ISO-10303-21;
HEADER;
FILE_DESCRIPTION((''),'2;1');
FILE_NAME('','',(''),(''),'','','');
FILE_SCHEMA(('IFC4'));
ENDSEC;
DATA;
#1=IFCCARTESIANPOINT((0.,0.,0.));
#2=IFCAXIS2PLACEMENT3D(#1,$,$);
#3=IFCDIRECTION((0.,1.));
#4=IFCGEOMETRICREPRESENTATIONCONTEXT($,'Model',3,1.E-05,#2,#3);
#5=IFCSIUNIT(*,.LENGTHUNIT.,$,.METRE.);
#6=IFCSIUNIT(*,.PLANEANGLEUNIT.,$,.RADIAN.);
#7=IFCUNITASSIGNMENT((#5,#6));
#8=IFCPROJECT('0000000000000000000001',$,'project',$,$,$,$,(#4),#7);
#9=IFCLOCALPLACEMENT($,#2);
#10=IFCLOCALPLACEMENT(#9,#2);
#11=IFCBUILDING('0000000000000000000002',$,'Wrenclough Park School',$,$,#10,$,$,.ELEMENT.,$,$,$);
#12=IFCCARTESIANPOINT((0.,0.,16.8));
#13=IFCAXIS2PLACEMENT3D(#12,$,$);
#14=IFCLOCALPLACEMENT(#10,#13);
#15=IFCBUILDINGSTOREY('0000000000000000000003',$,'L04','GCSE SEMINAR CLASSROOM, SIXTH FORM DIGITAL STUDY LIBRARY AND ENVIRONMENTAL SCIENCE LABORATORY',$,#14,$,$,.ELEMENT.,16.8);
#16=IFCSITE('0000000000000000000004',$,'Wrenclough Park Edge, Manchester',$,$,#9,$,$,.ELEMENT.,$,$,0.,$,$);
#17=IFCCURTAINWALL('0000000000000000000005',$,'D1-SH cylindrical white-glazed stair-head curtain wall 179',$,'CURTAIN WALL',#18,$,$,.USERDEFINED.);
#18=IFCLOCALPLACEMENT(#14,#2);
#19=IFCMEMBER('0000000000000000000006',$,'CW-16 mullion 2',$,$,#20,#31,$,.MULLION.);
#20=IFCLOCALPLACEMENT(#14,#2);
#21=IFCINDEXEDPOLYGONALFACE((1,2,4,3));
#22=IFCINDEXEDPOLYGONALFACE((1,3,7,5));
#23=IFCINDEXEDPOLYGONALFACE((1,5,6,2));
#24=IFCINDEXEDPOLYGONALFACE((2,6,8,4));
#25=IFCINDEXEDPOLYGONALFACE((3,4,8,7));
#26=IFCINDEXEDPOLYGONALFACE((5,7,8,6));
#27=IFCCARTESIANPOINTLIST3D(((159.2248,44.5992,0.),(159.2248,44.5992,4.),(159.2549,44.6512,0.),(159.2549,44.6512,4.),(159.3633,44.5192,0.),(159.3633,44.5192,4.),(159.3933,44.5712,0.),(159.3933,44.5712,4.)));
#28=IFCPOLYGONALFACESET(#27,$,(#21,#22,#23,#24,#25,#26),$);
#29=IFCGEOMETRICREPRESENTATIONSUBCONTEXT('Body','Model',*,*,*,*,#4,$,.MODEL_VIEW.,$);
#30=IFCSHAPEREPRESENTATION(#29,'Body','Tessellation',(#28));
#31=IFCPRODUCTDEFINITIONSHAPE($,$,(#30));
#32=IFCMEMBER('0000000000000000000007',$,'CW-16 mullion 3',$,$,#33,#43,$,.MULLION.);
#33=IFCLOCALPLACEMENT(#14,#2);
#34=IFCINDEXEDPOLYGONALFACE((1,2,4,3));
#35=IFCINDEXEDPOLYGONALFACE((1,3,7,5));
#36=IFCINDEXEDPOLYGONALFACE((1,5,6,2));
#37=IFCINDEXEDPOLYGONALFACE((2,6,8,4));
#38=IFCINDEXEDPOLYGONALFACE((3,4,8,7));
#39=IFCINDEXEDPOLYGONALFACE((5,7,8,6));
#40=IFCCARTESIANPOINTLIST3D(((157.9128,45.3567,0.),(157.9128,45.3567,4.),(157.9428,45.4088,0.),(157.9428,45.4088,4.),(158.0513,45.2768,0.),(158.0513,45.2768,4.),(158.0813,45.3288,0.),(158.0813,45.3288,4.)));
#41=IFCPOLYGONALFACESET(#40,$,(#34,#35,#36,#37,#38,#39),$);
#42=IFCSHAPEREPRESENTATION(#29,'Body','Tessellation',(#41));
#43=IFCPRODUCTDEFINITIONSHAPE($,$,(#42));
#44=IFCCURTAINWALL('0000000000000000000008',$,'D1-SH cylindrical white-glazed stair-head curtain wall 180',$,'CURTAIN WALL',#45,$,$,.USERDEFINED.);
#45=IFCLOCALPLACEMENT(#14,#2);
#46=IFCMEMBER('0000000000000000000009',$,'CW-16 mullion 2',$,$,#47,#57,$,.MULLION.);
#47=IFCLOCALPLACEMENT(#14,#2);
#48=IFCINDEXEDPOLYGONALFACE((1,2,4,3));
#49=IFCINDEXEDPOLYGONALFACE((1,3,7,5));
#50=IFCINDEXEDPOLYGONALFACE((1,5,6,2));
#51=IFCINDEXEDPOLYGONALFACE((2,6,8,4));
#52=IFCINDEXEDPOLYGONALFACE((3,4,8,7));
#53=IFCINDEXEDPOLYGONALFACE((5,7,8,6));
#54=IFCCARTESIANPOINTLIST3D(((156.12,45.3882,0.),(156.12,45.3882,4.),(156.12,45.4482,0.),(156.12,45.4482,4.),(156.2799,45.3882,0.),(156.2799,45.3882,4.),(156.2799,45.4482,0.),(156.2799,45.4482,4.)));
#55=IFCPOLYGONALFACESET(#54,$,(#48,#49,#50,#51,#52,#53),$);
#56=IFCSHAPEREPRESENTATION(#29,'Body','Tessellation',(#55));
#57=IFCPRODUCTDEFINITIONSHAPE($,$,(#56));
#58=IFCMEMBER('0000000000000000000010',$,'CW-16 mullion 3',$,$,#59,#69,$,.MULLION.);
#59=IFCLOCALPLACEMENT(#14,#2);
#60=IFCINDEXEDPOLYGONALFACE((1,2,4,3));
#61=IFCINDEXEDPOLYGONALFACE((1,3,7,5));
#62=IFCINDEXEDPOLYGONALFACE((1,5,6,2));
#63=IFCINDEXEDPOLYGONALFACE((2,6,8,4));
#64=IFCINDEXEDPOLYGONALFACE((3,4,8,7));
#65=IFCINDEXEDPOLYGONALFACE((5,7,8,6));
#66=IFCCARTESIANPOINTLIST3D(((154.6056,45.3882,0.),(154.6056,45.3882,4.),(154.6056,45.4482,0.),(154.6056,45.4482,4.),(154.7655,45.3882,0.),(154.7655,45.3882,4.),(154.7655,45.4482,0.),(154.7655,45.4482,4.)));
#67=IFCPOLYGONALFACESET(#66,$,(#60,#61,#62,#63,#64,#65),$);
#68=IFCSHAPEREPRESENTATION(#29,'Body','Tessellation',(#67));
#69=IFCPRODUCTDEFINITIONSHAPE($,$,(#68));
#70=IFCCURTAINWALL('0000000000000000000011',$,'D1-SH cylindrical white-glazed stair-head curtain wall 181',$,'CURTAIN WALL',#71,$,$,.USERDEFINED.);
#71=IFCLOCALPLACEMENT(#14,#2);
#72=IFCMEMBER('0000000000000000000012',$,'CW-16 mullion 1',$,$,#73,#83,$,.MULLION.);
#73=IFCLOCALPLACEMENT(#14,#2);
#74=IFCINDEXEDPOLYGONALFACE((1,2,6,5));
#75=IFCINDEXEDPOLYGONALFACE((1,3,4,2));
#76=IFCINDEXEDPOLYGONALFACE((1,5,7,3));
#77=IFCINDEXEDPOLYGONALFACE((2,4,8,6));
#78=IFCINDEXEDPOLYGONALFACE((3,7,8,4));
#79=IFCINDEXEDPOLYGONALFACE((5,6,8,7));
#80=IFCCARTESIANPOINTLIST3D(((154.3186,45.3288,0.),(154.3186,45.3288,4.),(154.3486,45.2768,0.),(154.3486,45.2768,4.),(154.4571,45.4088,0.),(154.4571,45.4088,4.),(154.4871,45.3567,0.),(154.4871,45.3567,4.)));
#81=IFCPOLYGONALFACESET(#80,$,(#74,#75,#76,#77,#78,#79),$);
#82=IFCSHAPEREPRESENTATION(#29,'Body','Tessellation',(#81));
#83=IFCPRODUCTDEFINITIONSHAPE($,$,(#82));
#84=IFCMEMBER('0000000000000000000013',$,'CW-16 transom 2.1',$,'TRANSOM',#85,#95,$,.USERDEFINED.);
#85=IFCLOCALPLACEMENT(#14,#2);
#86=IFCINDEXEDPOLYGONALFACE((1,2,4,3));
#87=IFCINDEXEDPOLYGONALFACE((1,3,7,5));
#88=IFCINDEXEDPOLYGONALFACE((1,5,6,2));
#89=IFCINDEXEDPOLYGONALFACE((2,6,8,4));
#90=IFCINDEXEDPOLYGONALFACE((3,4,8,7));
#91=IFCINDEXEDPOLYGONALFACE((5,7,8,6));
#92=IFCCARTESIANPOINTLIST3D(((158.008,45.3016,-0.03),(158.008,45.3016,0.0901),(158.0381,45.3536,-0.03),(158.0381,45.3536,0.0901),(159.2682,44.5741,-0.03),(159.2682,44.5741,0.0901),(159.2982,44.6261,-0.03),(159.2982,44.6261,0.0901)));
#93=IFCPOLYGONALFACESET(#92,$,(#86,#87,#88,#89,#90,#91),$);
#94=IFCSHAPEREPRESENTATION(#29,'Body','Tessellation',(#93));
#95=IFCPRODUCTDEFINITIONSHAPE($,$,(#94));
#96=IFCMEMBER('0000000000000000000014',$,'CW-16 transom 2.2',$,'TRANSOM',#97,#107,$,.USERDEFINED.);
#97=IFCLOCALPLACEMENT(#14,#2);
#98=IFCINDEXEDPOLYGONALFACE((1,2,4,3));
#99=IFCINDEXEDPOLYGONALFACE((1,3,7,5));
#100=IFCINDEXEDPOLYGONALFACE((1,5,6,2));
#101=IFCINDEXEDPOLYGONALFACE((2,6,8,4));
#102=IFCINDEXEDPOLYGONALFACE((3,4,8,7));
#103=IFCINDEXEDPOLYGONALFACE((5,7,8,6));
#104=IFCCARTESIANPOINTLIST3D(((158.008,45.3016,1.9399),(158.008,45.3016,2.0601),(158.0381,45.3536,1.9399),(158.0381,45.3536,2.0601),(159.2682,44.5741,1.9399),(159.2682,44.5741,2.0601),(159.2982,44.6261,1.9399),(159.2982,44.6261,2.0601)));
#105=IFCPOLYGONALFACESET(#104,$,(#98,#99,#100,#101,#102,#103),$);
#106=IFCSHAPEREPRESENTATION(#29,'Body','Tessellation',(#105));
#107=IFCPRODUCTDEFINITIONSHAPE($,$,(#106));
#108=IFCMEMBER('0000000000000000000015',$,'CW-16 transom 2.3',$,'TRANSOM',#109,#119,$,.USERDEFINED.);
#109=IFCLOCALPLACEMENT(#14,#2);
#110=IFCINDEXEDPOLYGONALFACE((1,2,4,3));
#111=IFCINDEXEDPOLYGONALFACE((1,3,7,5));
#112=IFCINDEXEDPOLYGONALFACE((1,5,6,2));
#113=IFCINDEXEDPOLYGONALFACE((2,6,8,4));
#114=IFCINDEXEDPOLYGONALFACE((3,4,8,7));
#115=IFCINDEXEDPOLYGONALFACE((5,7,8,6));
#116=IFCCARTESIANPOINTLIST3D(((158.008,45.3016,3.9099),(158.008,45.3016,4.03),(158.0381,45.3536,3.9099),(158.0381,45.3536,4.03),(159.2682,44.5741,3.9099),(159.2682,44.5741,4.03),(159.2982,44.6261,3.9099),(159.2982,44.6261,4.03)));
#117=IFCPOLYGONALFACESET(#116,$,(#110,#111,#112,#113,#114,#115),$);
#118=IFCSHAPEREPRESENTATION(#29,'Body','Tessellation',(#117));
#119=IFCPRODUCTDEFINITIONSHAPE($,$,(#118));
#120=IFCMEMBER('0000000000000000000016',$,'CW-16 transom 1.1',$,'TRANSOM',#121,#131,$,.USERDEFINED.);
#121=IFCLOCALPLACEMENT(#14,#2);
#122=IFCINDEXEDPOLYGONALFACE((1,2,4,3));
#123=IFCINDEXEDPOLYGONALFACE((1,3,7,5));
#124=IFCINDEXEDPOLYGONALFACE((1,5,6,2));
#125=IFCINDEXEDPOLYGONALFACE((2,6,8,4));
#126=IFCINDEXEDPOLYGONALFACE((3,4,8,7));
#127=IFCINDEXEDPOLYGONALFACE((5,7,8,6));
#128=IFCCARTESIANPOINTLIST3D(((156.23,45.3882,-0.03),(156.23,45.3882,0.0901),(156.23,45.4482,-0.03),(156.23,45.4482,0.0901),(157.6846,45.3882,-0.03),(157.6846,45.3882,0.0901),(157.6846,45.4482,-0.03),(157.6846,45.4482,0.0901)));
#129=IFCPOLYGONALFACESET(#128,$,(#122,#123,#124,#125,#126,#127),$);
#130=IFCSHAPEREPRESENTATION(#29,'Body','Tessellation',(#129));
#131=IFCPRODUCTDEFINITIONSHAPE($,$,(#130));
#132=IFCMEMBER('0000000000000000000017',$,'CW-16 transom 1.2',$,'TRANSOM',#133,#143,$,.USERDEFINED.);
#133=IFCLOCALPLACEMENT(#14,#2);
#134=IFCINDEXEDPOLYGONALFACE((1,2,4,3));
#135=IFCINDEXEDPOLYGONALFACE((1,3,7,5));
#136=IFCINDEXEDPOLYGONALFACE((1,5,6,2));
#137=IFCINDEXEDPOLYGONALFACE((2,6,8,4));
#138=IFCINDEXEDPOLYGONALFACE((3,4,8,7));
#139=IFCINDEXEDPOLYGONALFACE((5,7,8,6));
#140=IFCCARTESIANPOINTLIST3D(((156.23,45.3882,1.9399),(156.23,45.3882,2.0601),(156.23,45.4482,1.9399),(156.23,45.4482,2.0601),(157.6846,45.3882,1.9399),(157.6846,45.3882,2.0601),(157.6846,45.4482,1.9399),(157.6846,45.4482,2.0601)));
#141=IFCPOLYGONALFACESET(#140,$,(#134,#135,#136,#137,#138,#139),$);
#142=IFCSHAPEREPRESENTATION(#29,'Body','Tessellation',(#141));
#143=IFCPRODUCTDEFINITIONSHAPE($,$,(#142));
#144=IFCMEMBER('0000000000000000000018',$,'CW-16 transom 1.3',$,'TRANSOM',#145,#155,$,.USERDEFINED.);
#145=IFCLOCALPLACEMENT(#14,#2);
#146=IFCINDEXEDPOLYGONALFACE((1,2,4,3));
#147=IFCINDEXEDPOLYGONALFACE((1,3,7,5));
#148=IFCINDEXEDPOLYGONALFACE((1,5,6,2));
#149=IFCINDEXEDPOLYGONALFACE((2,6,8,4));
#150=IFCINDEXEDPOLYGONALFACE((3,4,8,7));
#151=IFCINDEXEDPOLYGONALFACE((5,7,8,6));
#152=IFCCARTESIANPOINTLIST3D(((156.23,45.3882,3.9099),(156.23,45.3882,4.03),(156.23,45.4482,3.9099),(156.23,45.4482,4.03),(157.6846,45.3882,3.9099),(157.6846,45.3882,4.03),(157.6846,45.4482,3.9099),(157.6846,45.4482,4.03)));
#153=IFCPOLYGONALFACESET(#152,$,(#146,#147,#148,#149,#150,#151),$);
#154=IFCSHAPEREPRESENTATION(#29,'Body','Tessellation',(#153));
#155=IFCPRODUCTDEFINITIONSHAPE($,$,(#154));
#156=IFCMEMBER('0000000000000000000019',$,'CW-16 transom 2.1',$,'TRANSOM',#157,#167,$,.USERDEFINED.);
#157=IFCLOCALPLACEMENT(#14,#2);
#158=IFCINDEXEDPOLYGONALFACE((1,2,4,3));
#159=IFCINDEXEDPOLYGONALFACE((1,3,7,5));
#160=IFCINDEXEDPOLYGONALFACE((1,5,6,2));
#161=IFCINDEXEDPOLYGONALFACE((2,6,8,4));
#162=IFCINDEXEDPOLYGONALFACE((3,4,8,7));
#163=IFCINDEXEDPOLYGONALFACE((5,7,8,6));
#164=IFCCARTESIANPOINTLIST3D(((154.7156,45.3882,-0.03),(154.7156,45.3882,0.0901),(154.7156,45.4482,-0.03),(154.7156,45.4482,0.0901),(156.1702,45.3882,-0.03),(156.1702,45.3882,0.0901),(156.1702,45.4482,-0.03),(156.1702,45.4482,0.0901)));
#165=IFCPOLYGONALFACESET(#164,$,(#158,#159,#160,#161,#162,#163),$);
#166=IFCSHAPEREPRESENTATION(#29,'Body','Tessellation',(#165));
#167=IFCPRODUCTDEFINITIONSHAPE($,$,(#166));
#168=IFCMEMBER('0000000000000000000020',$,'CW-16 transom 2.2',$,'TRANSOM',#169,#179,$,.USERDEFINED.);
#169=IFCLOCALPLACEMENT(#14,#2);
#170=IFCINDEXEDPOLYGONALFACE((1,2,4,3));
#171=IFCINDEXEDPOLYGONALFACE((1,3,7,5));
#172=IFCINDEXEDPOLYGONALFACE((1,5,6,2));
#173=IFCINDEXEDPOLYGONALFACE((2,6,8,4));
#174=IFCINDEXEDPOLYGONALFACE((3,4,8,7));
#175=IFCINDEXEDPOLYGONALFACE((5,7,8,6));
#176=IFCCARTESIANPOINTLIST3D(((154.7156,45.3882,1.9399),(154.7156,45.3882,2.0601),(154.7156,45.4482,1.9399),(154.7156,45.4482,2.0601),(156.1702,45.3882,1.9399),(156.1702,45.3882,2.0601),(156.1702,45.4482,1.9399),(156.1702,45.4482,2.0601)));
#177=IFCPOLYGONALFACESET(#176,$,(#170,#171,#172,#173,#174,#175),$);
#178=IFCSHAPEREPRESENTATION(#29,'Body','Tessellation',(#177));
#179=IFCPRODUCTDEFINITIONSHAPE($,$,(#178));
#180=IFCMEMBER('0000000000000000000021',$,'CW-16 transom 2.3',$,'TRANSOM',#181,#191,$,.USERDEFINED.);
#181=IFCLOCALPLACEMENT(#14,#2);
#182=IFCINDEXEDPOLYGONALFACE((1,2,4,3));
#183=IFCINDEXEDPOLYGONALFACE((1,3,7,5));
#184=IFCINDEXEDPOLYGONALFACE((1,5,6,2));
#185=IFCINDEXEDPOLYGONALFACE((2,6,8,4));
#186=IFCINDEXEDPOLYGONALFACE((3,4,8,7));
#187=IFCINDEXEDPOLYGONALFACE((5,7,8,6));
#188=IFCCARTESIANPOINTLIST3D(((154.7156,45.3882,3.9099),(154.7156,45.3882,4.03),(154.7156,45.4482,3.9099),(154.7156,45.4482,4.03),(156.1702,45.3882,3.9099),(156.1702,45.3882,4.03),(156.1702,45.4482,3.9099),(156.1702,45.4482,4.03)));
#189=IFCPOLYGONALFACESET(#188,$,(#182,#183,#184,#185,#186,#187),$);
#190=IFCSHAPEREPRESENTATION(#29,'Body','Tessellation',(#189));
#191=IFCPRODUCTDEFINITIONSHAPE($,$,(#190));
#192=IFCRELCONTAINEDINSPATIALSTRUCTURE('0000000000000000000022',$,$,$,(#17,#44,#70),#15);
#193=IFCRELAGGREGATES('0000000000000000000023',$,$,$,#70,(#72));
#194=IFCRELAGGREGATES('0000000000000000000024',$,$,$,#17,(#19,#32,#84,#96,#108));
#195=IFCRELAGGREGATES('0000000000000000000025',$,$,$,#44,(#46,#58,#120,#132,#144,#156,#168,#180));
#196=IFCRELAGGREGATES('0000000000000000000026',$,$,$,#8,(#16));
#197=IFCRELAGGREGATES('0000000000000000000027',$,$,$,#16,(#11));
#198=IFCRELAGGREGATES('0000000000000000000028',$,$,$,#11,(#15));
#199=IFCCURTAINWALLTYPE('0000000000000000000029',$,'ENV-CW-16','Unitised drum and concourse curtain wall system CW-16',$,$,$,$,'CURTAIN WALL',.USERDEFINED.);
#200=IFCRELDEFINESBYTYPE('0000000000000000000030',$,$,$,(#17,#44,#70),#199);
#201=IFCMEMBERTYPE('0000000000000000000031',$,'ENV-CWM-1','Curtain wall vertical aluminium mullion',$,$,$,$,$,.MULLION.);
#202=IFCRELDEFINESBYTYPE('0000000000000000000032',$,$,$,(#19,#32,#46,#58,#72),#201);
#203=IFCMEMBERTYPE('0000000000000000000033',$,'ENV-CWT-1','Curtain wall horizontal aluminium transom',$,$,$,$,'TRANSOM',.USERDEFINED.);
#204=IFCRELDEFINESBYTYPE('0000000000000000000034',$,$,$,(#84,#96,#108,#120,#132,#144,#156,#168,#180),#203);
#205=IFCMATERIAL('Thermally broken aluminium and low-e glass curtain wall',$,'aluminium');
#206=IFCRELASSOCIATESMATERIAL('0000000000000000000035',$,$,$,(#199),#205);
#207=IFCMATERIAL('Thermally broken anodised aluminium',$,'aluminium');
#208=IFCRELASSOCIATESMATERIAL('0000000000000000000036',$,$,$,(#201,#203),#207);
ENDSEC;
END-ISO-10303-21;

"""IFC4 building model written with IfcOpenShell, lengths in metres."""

from ifc_helpers import new_model, si_unit, direction, frame, origin, origin_2d, place, context, subcontext, project, spatial, rectangle, extrude, material, material_profile, profile_set, type_object, element, aggregate, save


model = new_model("IFC4")

# Units and contexts
model_context = context("Model", 3, precision=1e-05, world=origin(), true_north=direction((0.0, 1.0)))
body_context = subcontext(model_context, "Body", "Model", "MODEL_VIEW")
ifc_project = project(units=[si_unit("LENGTHUNIT", "METRE"), si_unit("PLANEANGLEUNIT", "RADIAN")], contexts=[model_context])

# Site, building, storey
site_placement = place(None, origin())
site = spatial("IfcSite", under=ifc_project, at=site_placement, Name="Wrenclough Park Edge, Manchester", CompositionType="ELEMENT", RefElevation=0.0)
building_placement = place(site_placement, origin())
building = spatial("IfcBuilding", under=site, at=building_placement, Name="Wrenclough Park School", CompositionType="ELEMENT")
storey_placement = place(building_placement, frame((0.0, 0.0, 16.8)))
storey = spatial("IfcBuildingStorey", under=building, at=storey_placement, Name="L04", Description="GCSE SEMINAR CLASSROOM, SIXTH FORM DIGITAL STUDY LIBRARY AND ENVIRONMENTAL SCIENCE LABORATORY", CompositionType="ELEMENT", Elevation=16.8)

# Curtain walls, members
ifc_material_1 = material(Name="Thermally broken aluminium and low-e glass curtain wall", Category="aluminium")
curtain_wall_type = type_object("IfcCurtainWallType", Name="ENV-CW-16", Description="Unitised drum and concourse curtain wall system CW-16", ElementType="CURTAIN WALL", PredefinedType="USERDEFINED", material=ifc_material_1)
curtain_wall_1_placement = place(storey_placement, origin())
curtain_wall_1 = element("IfcCurtainWall", 1, at=curtain_wall_1_placement, inside=storey, type_object=curtain_wall_type, Name="D1-SH cylindrical white-glazed stair-head curtain wall 179", ObjectType="CURTAIN WALL", PredefinedType="USERDEFINED")
ifc_material_2 = material(Name="Thermally broken anodised aluminium", Category="aluminium")
ifc_material_profile_1 = material_profile(ifc_material_2, rectangle(XDim=0.0601, YDim=0.1599, at=origin_2d()), Name="AL MULLION 60x160")
ifc_profile_set_1 = profile_set([ifc_material_profile_1], Name="Thermally broken anodised aluminium")
member_type_1 = type_object("IfcMemberType", Name="ENV-CWM-1", Description="Curtain wall vertical aluminium mullion", PredefinedType="MULLION", material=ifc_profile_set_1)
member_1_placement = place(storey_placement, frame((159.3091, 44.5852, 0.0), z_axis=(0.0, 0.0, 1.0), x_axis=(-0.500003, -0.866024, 0.0)))
member_1 = element("IfcMember", 2, at=member_1_placement, type_object=member_type_1, Name="CW-16 mullion 2", PredefinedType="MULLION", context=body_context, shape_type="SweptSolid", body=[
    extrude(rectangle(XDim=0.0601, YDim=0.1599, at=origin_2d()), origin(), (0.0, 0.0, 1.0), 4.0),
])
member_2_placement = place(storey_placement, frame((157.9971, 45.3428, 0.0), z_axis=(0.0, 0.0, 1.0), x_axis=(-0.500003, -0.866024, 0.0)))
member_2 = element("IfcMember", 3, at=member_2_placement, type_object=member_type_1, Name="CW-16 mullion 3", PredefinedType="MULLION", context=body_context, shape_type="SweptSolid", body=[
    extrude(rectangle(XDim=0.0601, YDim=0.1599, at=origin_2d()), origin(), (0.0, 0.0, 1.0), 4.0),
])
curtain_wall_2_placement = place(storey_placement, origin())
curtain_wall_2 = element("IfcCurtainWall", 4, at=curtain_wall_2_placement, inside=storey, type_object=curtain_wall_type, Name="D1-SH cylindrical white-glazed stair-head curtain wall 180", ObjectType="CURTAIN WALL", PredefinedType="USERDEFINED")
member_3_placement = place(storey_placement, frame((156.2, 45.4182, 0.0), z_axis=(0.0, 0.0, 1.0), x_axis=(0.0, -1.0, 0.0)))
member_3 = element("IfcMember", 5, at=member_3_placement, type_object=member_type_1, Name="CW-16 mullion 2", PredefinedType="MULLION", context=body_context, shape_type="SweptSolid", body=[
    extrude(rectangle(XDim=0.0601, YDim=0.1599, at=origin_2d()), origin(), (0.0, 0.0, 1.0), 4.0),
])
member_4_placement = place(storey_placement, frame((154.6855, 45.4182, 0.0), z_axis=(0.0, 0.0, 1.0), x_axis=(0.0, -1.0, 0.0)))
member_4 = element("IfcMember", 6, at=member_4_placement, type_object=member_type_1, Name="CW-16 mullion 3", PredefinedType="MULLION", context=body_context, shape_type="SweptSolid", body=[
    extrude(rectangle(XDim=0.0601, YDim=0.1599, at=origin_2d()), origin(), (0.0, 0.0, 1.0), 4.0),
])

# Curtain wall, member
curtain_wall_3_placement = place(storey_placement, origin())
curtain_wall_3 = element("IfcCurtainWall", 7, at=curtain_wall_3_placement, inside=storey, type_object=curtain_wall_type, Name="D1-SH cylindrical white-glazed stair-head curtain wall 181", ObjectType="CURTAIN WALL", PredefinedType="USERDEFINED")
member_5_placement = place(storey_placement, frame((154.4028, 45.3428, 0.0), z_axis=(0.0, 0.0, 1.0), x_axis=(0.500003, -0.866024, 0.0)))
member_5 = element("IfcMember", 8, at=member_5_placement, type_object=member_type_1, Name="CW-16 mullion 1", PredefinedType="MULLION", context=body_context, shape_type="SweptSolid", body=[
    extrude(rectangle(XDim=0.0601, YDim=0.1599, at=origin_2d()), origin(), (0.0, 0.0, 1.0), 4.0),
])
aggregate(curtain_wall_3, [member_5])

# Members
ifc_material_profile_2 = material_profile(ifc_material_2, rectangle(XDim=0.0601, YDim=0.1201, at=origin_2d()), Name="AL TRANSOM 60x120")
ifc_profile_set_2 = profile_set([ifc_material_profile_2], Name="Thermally broken anodised aluminium")
member_type_2 = type_object("IfcMemberType", Name="ENV-CWT-1", Description="Curtain wall horizontal aluminium transom", ElementType="TRANSOM", PredefinedType="USERDEFINED", material=ifc_profile_set_2)
member_6_placement = place(storey_placement, frame((159.2832, 44.6001, 0.03), z_axis=(-0.866046, 0.499965, 0.0), x_axis=(-0.499965, -0.866046, 0.0)))
member_6 = element("IfcMember", 9, at=member_6_placement, type_object=member_type_2, Name="CW-16 transom 2.1", ObjectType="TRANSOM", PredefinedType="USERDEFINED", context=body_context, shape_type="SweptSolid", body=[
    extrude(rectangle(XDim=0.0601, YDim=0.1201, at=origin_2d()), origin(), (0.0, 0.0, 1.0), 1.4551),
])
member_7_placement = place(storey_placement, frame((159.2832, 44.6001, 2.0), z_axis=(-0.866046, 0.499965, 0.0), x_axis=(-0.499965, -0.866046, 0.0)))
member_7 = element("IfcMember", 10, at=member_7_placement, type_object=member_type_2, Name="CW-16 transom 2.2", ObjectType="TRANSOM", PredefinedType="USERDEFINED", context=body_context, shape_type="SweptSolid", body=[
    extrude(rectangle(XDim=0.0601, YDim=0.1201, at=origin_2d()), origin(), (0.0, 0.0, 1.0), 1.4551),
])
member_8_placement = place(storey_placement, frame((159.2832, 44.6001, 3.97), z_axis=(-0.866046, 0.499965, 0.0), x_axis=(-0.499965, -0.866046, 0.0)))
member_8 = element("IfcMember", 11, at=member_8_placement, type_object=member_type_2, Name="CW-16 transom 2.3", ObjectType="TRANSOM", PredefinedType="USERDEFINED", context=body_context, shape_type="SweptSolid", body=[
    extrude(rectangle(XDim=0.0601, YDim=0.1201, at=origin_2d()), origin(), (0.0, 0.0, 1.0), 1.4551),
])
member_9_placement = place(storey_placement, frame((157.6846, 45.4182, 0.03), z_axis=(-1.0, 0.0, 0.0), x_axis=(0.0, -1.0, 0.0)))
member_9 = element("IfcMember", 12, at=member_9_placement, type_object=member_type_2, Name="CW-16 transom 1.1", ObjectType="TRANSOM", PredefinedType="USERDEFINED", context=body_context, shape_type="SweptSolid", body=[
    extrude(rectangle(XDim=0.0601, YDim=0.1201, at=origin_2d()), origin(), (0.0, 0.0, 1.0), 1.4546),
])
member_10_placement = place(storey_placement, frame((157.6846, 45.4182, 2.0), z_axis=(-1.0, 0.0, 0.0), x_axis=(0.0, -1.0, 0.0)))
member_10 = element("IfcMember", 13, at=member_10_placement, type_object=member_type_2, Name="CW-16 transom 1.2", ObjectType="TRANSOM", PredefinedType="USERDEFINED", context=body_context, shape_type="SweptSolid", body=[
    extrude(rectangle(XDim=0.0601, YDim=0.1201, at=origin_2d()), origin(), (0.0, 0.0, 1.0), 1.4546),
])
member_11_placement = place(storey_placement, frame((157.6846, 45.4182, 3.97), z_axis=(-1.0, 0.0, 0.0), x_axis=(0.0, -1.0, 0.0)))
member_11 = element("IfcMember", 14, at=member_11_placement, type_object=member_type_2, Name="CW-16 transom 1.3", ObjectType="TRANSOM", PredefinedType="USERDEFINED", context=body_context, shape_type="SweptSolid", body=[
    extrude(rectangle(XDim=0.0601, YDim=0.1201, at=origin_2d()), origin(), (0.0, 0.0, 1.0), 1.4546),
])
member_12_placement = place(storey_placement, frame((156.1702, 45.4182, 0.03), z_axis=(-1.0, 0.0, 0.0), x_axis=(0.0, -1.0, 0.0)))
member_12 = element("IfcMember", 15, at=member_12_placement, type_object=member_type_2, Name="CW-16 transom 2.1", ObjectType="TRANSOM", PredefinedType="USERDEFINED", context=body_context, shape_type="SweptSolid", body=[
    extrude(rectangle(XDim=0.0601, YDim=0.1201, at=origin_2d()), origin(), (0.0, 0.0, 1.0), 1.4546),
])
member_13_placement = place(storey_placement, frame((156.1702, 45.4182, 2.0), z_axis=(-1.0, 0.0, 0.0), x_axis=(0.0, -1.0, 0.0)))
member_13 = element("IfcMember", 16, at=member_13_placement, type_object=member_type_2, Name="CW-16 transom 2.2", ObjectType="TRANSOM", PredefinedType="USERDEFINED", context=body_context, shape_type="SweptSolid", body=[
    extrude(rectangle(XDim=0.0601, YDim=0.1201, at=origin_2d()), origin(), (0.0, 0.0, 1.0), 1.4546),
])
member_14_placement = place(storey_placement, frame((156.1702, 45.4182, 3.97), z_axis=(-1.0, 0.0, 0.0), x_axis=(0.0, -1.0, 0.0)))
member_14 = element("IfcMember", 17, at=member_14_placement, type_object=member_type_2, Name="CW-16 transom 2.3", ObjectType="TRANSOM", PredefinedType="USERDEFINED", context=body_context, shape_type="SweptSolid", body=[
    extrude(rectangle(XDim=0.0601, YDim=0.1201, at=origin_2d()), origin(), (0.0, 0.0, 1.0), 1.4546),
])

aggregate(curtain_wall_1, [member_1, member_2, member_6, member_7, member_8])
aggregate(curtain_wall_2, [member_3, member_4, member_9, member_10, member_11, member_12, member_13, member_14])

save(model, "model.ifc")
